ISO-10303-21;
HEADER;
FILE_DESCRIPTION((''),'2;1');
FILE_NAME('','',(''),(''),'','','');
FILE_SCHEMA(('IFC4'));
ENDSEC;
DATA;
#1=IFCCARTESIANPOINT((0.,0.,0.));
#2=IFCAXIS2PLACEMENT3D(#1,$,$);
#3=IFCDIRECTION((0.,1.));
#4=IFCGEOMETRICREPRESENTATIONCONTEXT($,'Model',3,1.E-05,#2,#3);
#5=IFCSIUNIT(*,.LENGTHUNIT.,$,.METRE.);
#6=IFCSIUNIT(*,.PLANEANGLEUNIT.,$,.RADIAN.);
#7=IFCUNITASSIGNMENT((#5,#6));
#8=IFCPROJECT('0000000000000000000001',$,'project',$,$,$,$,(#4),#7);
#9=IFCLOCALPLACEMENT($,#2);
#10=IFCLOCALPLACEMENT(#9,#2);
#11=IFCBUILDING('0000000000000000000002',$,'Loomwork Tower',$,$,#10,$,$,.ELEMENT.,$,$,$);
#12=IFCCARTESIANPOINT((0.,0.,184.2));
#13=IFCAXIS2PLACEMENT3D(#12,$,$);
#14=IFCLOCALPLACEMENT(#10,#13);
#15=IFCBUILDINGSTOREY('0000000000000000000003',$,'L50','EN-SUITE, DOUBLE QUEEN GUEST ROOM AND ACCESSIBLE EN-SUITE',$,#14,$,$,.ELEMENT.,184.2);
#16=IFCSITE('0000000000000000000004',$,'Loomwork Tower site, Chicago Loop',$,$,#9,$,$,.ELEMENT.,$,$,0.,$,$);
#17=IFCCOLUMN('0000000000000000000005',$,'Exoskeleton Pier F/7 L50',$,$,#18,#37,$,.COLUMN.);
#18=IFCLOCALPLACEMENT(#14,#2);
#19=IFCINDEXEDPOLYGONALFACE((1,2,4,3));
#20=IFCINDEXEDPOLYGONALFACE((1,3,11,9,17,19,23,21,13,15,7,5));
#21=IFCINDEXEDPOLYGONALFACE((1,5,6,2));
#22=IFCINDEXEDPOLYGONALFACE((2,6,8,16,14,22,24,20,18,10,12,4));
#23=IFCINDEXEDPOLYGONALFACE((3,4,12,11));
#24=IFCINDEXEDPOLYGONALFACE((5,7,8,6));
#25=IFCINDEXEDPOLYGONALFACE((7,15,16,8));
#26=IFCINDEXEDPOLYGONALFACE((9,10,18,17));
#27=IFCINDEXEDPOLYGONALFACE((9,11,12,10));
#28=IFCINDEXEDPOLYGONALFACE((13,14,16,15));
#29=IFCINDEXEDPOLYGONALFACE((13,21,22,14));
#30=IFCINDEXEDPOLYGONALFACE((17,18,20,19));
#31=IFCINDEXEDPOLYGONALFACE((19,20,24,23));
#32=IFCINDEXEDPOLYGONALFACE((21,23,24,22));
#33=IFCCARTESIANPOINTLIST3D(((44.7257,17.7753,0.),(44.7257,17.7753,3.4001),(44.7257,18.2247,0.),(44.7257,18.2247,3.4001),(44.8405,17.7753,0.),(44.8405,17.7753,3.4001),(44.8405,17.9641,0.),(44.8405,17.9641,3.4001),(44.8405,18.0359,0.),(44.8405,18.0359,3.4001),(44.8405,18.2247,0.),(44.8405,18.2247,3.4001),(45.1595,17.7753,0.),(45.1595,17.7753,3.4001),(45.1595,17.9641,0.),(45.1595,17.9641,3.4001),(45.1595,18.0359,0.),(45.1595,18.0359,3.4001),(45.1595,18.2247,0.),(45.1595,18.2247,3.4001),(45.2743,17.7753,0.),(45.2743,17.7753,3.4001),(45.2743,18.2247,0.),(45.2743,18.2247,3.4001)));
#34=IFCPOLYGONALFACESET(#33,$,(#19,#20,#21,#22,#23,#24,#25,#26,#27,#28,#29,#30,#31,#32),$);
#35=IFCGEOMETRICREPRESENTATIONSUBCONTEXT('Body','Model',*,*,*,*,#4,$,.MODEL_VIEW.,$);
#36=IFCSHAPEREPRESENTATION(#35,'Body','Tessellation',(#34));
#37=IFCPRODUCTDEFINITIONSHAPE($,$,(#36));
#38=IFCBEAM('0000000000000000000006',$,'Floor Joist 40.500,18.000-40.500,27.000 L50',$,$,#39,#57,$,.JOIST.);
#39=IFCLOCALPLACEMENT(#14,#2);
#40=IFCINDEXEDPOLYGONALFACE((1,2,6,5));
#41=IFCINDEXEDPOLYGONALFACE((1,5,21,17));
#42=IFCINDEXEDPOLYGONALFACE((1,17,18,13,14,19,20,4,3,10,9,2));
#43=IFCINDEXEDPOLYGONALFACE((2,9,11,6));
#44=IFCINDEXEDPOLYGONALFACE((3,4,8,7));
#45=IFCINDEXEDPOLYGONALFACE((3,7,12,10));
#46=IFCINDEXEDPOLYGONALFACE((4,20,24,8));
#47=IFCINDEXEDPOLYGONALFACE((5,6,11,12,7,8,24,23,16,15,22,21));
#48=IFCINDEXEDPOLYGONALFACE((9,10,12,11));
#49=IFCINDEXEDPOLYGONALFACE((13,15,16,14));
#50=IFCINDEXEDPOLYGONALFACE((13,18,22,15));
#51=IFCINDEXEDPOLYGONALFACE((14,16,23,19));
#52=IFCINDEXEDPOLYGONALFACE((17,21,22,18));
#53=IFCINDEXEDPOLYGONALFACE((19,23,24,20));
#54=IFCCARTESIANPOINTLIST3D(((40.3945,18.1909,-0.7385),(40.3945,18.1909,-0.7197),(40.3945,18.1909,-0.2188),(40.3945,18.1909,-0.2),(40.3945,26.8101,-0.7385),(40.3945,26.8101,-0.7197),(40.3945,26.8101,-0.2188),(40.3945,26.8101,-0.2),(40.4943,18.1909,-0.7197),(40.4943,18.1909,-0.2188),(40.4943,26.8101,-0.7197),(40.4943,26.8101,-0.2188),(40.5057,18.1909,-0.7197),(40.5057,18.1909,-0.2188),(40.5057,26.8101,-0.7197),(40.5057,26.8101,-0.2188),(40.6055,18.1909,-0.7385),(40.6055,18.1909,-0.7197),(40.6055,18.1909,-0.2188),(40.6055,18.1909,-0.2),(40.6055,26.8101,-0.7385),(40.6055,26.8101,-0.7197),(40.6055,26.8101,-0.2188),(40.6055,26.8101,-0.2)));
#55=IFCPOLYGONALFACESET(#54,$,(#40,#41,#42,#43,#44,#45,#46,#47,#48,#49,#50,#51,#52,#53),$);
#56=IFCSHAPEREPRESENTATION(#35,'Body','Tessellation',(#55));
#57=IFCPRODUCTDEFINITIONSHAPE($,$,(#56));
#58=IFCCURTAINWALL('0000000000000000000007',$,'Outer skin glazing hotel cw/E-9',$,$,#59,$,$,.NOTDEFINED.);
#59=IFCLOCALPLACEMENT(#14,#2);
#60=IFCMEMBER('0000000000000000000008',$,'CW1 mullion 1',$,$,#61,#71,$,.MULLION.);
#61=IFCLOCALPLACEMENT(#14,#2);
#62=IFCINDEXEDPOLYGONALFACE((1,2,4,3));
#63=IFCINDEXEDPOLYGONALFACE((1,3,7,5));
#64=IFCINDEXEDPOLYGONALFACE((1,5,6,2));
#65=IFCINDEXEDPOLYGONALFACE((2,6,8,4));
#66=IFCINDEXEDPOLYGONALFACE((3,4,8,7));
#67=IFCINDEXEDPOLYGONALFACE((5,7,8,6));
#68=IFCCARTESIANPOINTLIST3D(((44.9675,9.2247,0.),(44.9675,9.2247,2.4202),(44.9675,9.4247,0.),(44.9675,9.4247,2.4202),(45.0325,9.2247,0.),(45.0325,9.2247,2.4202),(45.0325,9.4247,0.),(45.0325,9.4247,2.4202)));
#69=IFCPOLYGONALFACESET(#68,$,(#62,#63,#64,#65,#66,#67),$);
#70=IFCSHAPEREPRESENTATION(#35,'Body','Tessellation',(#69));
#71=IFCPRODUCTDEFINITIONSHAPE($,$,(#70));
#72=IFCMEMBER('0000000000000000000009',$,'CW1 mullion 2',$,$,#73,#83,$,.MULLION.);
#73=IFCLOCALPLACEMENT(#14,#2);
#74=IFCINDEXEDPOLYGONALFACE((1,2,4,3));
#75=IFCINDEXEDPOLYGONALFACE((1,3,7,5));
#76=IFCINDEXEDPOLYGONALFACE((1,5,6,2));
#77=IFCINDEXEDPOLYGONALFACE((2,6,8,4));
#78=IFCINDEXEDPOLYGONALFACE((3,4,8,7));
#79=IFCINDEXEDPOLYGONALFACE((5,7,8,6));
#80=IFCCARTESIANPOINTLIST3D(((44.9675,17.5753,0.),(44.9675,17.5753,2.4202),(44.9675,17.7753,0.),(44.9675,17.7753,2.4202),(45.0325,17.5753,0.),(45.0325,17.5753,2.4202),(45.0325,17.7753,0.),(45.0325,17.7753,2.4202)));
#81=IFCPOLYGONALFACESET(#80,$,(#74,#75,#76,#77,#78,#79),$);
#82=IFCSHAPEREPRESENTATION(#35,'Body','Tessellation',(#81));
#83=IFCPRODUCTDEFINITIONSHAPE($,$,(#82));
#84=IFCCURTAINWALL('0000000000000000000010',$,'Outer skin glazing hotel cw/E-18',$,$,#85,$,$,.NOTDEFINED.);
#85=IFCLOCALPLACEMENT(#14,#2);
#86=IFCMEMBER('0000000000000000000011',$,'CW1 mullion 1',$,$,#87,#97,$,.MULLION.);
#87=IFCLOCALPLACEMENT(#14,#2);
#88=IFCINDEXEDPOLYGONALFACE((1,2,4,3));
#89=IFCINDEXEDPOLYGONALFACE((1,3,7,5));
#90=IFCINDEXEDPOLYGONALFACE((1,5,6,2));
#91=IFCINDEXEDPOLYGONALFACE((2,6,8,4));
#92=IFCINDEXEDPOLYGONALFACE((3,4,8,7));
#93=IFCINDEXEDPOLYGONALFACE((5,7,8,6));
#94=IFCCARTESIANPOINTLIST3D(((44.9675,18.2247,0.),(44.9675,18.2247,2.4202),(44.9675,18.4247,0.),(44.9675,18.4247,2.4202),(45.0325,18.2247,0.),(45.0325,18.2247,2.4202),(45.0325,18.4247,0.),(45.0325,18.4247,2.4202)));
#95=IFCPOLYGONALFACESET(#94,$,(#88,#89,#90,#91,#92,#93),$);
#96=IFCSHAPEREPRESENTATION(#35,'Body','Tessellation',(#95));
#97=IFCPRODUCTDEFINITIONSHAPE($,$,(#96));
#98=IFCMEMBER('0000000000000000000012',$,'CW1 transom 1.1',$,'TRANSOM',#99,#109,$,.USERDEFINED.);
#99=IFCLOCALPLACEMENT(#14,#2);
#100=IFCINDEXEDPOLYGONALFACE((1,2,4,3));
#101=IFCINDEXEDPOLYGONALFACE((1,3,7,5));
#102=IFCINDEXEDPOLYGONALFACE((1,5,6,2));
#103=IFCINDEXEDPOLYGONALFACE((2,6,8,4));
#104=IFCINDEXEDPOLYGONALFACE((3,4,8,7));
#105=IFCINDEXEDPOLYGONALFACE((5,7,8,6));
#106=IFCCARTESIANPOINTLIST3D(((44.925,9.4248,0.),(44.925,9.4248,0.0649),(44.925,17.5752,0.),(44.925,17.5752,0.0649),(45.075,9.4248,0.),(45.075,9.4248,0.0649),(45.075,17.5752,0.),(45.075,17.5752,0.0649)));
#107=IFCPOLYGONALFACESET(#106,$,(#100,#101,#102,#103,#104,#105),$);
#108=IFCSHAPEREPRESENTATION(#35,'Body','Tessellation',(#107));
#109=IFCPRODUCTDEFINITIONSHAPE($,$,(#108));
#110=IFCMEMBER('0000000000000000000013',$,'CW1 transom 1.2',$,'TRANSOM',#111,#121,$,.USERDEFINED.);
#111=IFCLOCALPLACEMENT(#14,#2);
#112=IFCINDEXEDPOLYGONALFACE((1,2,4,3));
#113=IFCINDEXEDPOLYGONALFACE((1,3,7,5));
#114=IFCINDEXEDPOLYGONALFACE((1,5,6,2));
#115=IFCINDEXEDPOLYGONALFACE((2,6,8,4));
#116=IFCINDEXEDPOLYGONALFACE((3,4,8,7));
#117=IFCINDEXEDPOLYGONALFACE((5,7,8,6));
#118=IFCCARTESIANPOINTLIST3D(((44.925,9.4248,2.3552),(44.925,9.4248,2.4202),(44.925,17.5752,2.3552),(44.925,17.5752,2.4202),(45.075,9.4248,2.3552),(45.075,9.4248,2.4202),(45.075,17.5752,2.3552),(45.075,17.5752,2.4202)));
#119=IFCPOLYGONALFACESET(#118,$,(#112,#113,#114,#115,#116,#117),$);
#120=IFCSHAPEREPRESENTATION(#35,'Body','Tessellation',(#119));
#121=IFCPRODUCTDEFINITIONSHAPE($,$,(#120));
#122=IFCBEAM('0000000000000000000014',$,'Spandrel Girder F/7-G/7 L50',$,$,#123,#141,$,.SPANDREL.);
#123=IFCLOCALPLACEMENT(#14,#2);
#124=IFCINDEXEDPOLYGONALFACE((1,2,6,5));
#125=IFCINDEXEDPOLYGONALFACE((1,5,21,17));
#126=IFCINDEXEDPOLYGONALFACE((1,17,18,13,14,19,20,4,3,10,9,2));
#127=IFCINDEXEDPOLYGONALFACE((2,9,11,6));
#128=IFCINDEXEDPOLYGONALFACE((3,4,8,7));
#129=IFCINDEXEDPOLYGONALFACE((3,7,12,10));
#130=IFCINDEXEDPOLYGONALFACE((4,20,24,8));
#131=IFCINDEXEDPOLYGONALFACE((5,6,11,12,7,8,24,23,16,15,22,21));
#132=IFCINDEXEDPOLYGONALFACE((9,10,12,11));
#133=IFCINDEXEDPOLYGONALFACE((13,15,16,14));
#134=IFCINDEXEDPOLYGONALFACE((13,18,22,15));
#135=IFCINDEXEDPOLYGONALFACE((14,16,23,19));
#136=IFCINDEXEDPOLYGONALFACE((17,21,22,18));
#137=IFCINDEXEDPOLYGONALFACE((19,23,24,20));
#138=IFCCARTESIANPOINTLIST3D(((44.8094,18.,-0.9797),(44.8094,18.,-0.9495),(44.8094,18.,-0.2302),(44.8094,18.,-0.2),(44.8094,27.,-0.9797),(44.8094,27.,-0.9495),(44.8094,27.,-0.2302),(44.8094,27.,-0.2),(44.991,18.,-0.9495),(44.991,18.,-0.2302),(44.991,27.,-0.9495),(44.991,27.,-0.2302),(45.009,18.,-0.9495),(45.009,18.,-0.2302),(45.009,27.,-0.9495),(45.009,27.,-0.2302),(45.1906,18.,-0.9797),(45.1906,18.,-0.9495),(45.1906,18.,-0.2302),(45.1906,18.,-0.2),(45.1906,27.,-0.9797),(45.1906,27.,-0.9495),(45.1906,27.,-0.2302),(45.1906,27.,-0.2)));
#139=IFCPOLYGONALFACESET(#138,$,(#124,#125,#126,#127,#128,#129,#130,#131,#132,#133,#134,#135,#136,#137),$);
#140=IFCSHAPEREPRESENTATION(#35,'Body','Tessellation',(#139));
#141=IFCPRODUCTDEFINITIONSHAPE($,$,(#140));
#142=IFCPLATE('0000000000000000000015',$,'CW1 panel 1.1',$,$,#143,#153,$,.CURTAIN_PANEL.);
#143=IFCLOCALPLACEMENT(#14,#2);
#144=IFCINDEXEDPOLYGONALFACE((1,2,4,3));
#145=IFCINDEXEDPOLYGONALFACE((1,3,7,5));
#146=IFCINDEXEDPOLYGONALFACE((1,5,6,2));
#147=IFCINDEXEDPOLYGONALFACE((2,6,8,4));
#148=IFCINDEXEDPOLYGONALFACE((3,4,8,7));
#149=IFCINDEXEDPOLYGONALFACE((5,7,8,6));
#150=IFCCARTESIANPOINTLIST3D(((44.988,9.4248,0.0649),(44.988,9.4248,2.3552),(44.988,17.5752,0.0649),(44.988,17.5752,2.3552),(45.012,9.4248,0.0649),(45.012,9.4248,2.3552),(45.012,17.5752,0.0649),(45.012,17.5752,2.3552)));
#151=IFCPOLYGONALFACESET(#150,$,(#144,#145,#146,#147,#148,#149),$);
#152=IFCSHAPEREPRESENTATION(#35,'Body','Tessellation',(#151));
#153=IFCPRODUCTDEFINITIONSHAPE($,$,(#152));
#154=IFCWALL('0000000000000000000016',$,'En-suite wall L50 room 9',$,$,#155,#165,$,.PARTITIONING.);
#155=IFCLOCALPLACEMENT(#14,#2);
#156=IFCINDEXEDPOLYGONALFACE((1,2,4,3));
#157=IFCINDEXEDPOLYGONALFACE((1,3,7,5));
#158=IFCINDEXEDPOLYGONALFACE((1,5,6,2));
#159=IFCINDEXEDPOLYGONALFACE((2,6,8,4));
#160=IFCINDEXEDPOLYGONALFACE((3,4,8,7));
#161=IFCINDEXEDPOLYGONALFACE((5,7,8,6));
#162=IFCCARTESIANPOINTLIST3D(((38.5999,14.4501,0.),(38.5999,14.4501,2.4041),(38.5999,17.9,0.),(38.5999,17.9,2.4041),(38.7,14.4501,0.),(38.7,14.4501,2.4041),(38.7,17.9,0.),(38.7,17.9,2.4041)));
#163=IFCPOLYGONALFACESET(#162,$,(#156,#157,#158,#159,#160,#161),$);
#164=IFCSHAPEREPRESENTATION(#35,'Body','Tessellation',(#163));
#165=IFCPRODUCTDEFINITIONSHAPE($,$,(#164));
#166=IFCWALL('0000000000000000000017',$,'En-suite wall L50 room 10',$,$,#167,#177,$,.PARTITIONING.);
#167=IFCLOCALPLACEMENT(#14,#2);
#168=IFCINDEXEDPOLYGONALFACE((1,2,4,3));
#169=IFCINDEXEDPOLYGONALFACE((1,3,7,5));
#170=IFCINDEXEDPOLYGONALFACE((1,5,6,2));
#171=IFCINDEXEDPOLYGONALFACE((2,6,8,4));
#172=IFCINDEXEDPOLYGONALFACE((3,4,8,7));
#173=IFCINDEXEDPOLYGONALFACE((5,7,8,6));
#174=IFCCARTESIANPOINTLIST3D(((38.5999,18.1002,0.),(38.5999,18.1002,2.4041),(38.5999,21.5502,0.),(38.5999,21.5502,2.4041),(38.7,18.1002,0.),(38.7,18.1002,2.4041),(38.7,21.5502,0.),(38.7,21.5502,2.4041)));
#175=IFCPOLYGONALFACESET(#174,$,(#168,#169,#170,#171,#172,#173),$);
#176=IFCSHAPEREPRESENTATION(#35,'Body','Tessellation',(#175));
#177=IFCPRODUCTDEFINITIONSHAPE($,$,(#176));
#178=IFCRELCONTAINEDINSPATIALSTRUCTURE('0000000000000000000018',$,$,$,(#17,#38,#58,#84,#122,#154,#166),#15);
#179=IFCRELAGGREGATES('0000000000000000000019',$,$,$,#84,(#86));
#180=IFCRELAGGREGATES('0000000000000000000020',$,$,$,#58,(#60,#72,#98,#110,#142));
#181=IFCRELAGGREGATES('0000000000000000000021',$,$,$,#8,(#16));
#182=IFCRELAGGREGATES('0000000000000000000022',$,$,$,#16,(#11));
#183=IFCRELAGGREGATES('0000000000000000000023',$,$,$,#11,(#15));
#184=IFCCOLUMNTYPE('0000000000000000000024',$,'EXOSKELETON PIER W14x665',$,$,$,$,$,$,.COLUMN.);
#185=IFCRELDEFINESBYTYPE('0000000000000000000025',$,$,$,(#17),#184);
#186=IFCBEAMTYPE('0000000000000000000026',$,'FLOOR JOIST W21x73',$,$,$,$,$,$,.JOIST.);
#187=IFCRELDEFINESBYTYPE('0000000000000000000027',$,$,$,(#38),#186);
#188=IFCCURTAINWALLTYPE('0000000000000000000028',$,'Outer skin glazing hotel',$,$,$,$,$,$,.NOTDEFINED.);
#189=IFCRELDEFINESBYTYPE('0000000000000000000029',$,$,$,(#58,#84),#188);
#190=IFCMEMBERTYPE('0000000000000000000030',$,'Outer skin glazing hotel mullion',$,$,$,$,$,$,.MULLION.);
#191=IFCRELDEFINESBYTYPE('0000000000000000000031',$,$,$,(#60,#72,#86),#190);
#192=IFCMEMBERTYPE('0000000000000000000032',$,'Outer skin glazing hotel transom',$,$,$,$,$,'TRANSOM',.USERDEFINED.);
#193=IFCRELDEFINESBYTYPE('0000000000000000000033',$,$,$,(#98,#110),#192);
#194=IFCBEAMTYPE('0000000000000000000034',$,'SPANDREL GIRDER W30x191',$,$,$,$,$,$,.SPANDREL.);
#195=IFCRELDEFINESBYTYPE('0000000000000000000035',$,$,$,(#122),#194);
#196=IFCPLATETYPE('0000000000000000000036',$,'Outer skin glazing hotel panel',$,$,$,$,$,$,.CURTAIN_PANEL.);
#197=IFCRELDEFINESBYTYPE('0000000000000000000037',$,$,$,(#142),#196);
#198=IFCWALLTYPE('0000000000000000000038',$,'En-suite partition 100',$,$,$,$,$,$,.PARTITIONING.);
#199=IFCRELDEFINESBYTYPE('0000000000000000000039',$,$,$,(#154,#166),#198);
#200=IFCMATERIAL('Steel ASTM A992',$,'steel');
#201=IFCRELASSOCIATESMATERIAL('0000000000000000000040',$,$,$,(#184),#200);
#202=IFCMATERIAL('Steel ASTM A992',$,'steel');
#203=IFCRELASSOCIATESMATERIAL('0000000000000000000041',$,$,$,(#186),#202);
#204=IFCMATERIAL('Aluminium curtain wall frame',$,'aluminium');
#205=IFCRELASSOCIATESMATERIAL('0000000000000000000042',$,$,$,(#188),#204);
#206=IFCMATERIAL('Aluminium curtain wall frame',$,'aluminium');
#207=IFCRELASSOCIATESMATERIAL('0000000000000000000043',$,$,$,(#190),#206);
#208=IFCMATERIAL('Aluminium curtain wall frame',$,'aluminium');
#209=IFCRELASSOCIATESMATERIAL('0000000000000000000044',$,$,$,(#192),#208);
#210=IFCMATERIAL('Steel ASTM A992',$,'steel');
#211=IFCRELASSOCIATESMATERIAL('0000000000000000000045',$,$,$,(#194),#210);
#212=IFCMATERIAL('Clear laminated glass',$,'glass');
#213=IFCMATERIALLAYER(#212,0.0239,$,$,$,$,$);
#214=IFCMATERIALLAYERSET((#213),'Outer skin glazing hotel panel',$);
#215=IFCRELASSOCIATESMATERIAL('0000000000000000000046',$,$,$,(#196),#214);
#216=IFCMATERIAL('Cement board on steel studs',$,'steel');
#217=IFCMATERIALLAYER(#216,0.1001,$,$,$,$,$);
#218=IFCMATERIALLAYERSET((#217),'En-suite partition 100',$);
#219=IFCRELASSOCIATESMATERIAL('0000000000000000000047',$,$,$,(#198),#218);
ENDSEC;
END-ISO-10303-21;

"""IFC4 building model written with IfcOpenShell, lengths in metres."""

from ifc_helpers import new_model, si_unit, direction, frame, frame_2d, origin, origin_2d, place, context, subcontext, project, spatial, rectangle, i_section, extrude, material, layer, layer_set, material_profile, profile_set, type_object, element, aggregate, save


model = new_model("IFC4")

# Units and contexts
model_context = context("Model", 3, precision=1e-05, world=origin(), true_north=direction((0.0, 1.0)))
body_context = subcontext(model_context, "Body", "Model", "MODEL_VIEW")
ifc_project = project(units=[si_unit("LENGTHUNIT", "METRE"), si_unit("PLANEANGLEUNIT", "RADIAN")], contexts=[model_context])

# Site, building, storey
site_placement = place(None, origin())
site = spatial("IfcSite", under=ifc_project, at=site_placement, Name="Loomwork Tower site, Chicago Loop", CompositionType="ELEMENT", RefElevation=0.0)
building_placement = place(site_placement, origin())
building = spatial("IfcBuilding", under=site, at=building_placement, Name="Loomwork Tower", CompositionType="ELEMENT")
storey_placement = place(building_placement, frame((0.0, 0.0, 184.2)))
storey = spatial("IfcBuildingStorey", under=building, at=storey_placement, Name="L50", Description="EN-SUITE, DOUBLE QUEEN GUEST ROOM AND ACCESSIBLE EN-SUITE", CompositionType="ELEMENT", Elevation=184.2)

# Column
ifc_material_1 = material(Name="Steel ASTM A992", Category="steel")
ifc_material_profile_1 = material_profile(ifc_material_1, i_section(OverallWidth=0.4495, OverallDepth=0.5486, WebThickness=0.0718, FlangeThickness=0.1147, at=origin_2d()), Name="W14x665")
ifc_profile_set_1 = profile_set([ifc_material_profile_1], Name="Steel ASTM A992")
column_type = type_object("IfcColumnType", Name="EXOSKELETON PIER W14x665", PredefinedType="COLUMN", material=ifc_profile_set_1)
column_placement = place(storey_placement, frame((45.0, 18.0, 0.0), z_axis=(0.0, 0.0, 1.0), x_axis=(0.0, 1.0, 0.0)))
element("IfcColumn", 1, at=column_placement, inside=storey, type_object=column_type, Name="Exoskeleton Pier F/7 L50", PredefinedType="COLUMN", context=body_context, shape_type="SweptSolid", body=[
    extrude(i_section(OverallWidth=0.4495, OverallDepth=0.5486, WebThickness=0.0718, FlangeThickness=0.1147, at=origin_2d()), origin(), (0.0, 0.0, 1.0), 3.4001),
])

# Beam
ifc_material_2 = material(Name="Steel ASTM A992", Category="steel")
ifc_material_profile_2 = material_profile(ifc_material_2, i_section(OverallWidth=0.2109, OverallDepth=0.5386, WebThickness=0.0115, FlangeThickness=0.0188, at=origin_2d()), Name="W21x73")
ifc_profile_set_2 = profile_set([ifc_material_profile_2], Name="Steel ASTM A992")
beam_type_1 = type_object("IfcBeamType", Name="FLOOR JOIST W21x73", PredefinedType="JOIST", material=ifc_profile_set_2)
beam_1_placement = place(storey_placement, frame((40.5, 18.1909, -0.4692), z_axis=(0.0, 1.0, 0.0), x_axis=(-1.0, 0.0, 0.0)))
element("IfcBeam", 2, at=beam_1_placement, inside=storey, type_object=beam_type_1, Name="Floor Joist 40.500,18.000-40.500,27.000 L50", PredefinedType="JOIST", context=body_context, shape_type="SweptSolid", body=[
    extrude(i_section(OverallWidth=0.2109, OverallDepth=0.5386, WebThickness=0.0115, FlangeThickness=0.0188, at=origin_2d()), origin(), (0.0, 0.0, 1.0), 8.6191),
])

# Curtain wall, members
ifc_material_3 = material(Name="Aluminium curtain wall frame", Category="aluminium")
curtain_wall_type = type_object("IfcCurtainWallType", Name="Outer skin glazing hotel", PredefinedType="NOTDEFINED", material=ifc_material_3)
curtain_wall_1_placement = place(storey_placement, origin())
curtain_wall_1 = element("IfcCurtainWall", 3, at=curtain_wall_1_placement, inside=storey, type_object=curtain_wall_type, Name="Outer skin glazing hotel cw/E-9", PredefinedType="NOTDEFINED")
ifc_material_4 = material(Name="Aluminium curtain wall frame", Category="aluminium")
ifc_material_profile_3 = material_profile(ifc_material_4, rectangle(XDim=0.0649, YDim=0.2, at=origin_2d()), Name="AL 65x200")
ifc_profile_set_3 = profile_set([ifc_material_profile_3], Name="Aluminium curtain wall frame")
member_type_1 = type_object("IfcMemberType", Name="Outer skin glazing hotel mullion", PredefinedType="MULLION", material=ifc_profile_set_3)
member_1_placement = place(storey_placement, frame((45.0, 9.3247, 0.0), z_axis=(0.0, 0.0, 1.0), x_axis=(-1.0, 0.0, 0.0)))
member_1 = element("IfcMember", 4, at=member_1_placement, type_object=member_type_1, Name="CW1 mullion 1", PredefinedType="MULLION", context=body_context, shape_type="SweptSolid", body=[
    extrude(rectangle(XDim=0.0649, YDim=0.2, at=origin_2d()), origin(), (0.0, 0.0, 1.0), 2.4202),
])
member_2_placement = place(storey_placement, frame((45.0, 17.6753, 0.0), z_axis=(0.0, 0.0, 1.0), x_axis=(-1.0, 0.0, 0.0)))
member_2 = element("IfcMember", 5, at=member_2_placement, type_object=member_type_1, Name="CW1 mullion 2", PredefinedType="MULLION", context=body_context, shape_type="SweptSolid", body=[
    extrude(rectangle(XDim=0.0649, YDim=0.2, at=origin_2d()), origin(), (0.0, 0.0, 1.0), 2.4202),
])

# Curtain wall, member
curtain_wall_2_placement = place(storey_placement, origin())
curtain_wall_2 = element("IfcCurtainWall", 6, at=curtain_wall_2_placement, inside=storey, type_object=curtain_wall_type, Name="Outer skin glazing hotel cw/E-18", PredefinedType="NOTDEFINED")
member_3_placement = place(storey_placement, frame((45.0, 18.3247, 0.0), z_axis=(0.0, 0.0, 1.0), x_axis=(-1.0, 0.0, 0.0)))
member_3 = element("IfcMember", 7, at=member_3_placement, type_object=member_type_1, Name="CW1 mullion 1", PredefinedType="MULLION", context=body_context, shape_type="SweptSolid", body=[
    extrude(rectangle(XDim=0.0649, YDim=0.2, at=origin_2d()), origin(), (0.0, 0.0, 1.0), 2.4202),
])
aggregate(curtain_wall_2, [member_3])

# Members
ifc_material_5 = material(Name="Aluminium curtain wall frame", Category="aluminium")
ifc_material_profile_4 = material_profile(ifc_material_5, rectangle(XDim=0.1499, YDim=0.0649, at=origin_2d()), Name="AL 65x150")
ifc_profile_set_4 = profile_set([ifc_material_profile_4], Name="Aluminium curtain wall frame")
member_type_2 = type_object("IfcMemberType", Name="Outer skin glazing hotel transom", ElementType="TRANSOM", PredefinedType="USERDEFINED", material=ifc_profile_set_4)
member_4_placement = place(storey_placement, frame((45.0, 9.4248, 0.0325), z_axis=(0.0, 1.0, 0.0), x_axis=(-1.0, 0.0, 0.0)))
member_4 = element("IfcMember", 8, at=member_4_placement, type_object=member_type_2, Name="CW1 transom 1.1", ObjectType="TRANSOM", PredefinedType="USERDEFINED", context=body_context, shape_type="SweptSolid", body=[
    extrude(rectangle(XDim=0.1499, YDim=0.0649, at=origin_2d()), origin(), (0.0, 0.0, 1.0), 8.1504),
])
member_5_placement = place(storey_placement, frame((45.0, 9.4248, 2.3877), z_axis=(0.0, 1.0, 0.0), x_axis=(-1.0, 0.0, 0.0)))
member_5 = element("IfcMember", 9, at=member_5_placement, type_object=member_type_2, Name="CW1 transom 1.2", ObjectType="TRANSOM", PredefinedType="USERDEFINED", context=body_context, shape_type="SweptSolid", body=[
    extrude(rectangle(XDim=0.1499, YDim=0.0649, at=origin_2d()), origin(), (0.0, 0.0, 1.0), 8.1504),
])

# Beam
ifc_material_6 = material(Name="Steel ASTM A992", Category="steel")
ifc_material_profile_5 = material_profile(ifc_material_6, i_section(OverallWidth=0.3811, OverallDepth=0.7798, WebThickness=0.0181, FlangeThickness=0.0303, at=origin_2d()), Name="W30x191")
ifc_profile_set_5 = profile_set([ifc_material_profile_5], Name="Steel ASTM A992")
beam_type_2 = type_object("IfcBeamType", Name="SPANDREL GIRDER W30x191", PredefinedType="SPANDREL", material=ifc_profile_set_5)
beam_2_placement = place(storey_placement, frame((45.0, 18.0, -0.5898), z_axis=(0.0, 1.0, 0.0), x_axis=(-1.0, 0.0, 0.0)))
element("IfcBeam", 10, at=beam_2_placement, inside=storey, type_object=beam_type_2, Name="Spandrel Girder F/7-G/7 L50", PredefinedType="SPANDREL", context=body_context, shape_type="SweptSolid", body=[
    extrude(i_section(OverallWidth=0.3811, OverallDepth=0.7798, WebThickness=0.0181, FlangeThickness=0.0303, at=origin_2d()), origin(), (0.0, 0.0, 1.0), 9.0),
])

# Plate
ifc_material_7 = material(Name="Clear laminated glass", Category="glass")
ifc_layer_1 = layer(ifc_material_7, 0.0239)
ifc_layer_set_1 = layer_set([ifc_layer_1], Name="Outer skin glazing hotel panel")
plate_type = type_object("IfcPlateType", Name="Outer skin glazing hotel panel", PredefinedType="CURTAIN_PANEL", material=ifc_layer_set_1)
plate_placement = place(storey_placement, frame((45.0, 13.5, 0.0649), z_axis=(0.0, 0.0, 1.0), x_axis=(0.0, 1.0, 0.0)))
plate = element("IfcPlate", 11, at=plate_placement, type_object=plate_type, Name="CW1 panel 1.1", PredefinedType="CURTAIN_PANEL", context=body_context, shape_type="SweptSolid", body=[
    extrude(rectangle(XDim=8.1504, YDim=0.0239, at=origin_2d()), origin(), (0.0, 0.0, 1.0), 2.2903),
])
aggregate(curtain_wall_1, [member_1, member_2, member_4, member_5, plate])

# Walls
ifc_material_8 = material(Name="Cement board on steel studs", Category="steel")
ifc_layer_2 = layer(ifc_material_8, 0.1001)
ifc_layer_set_2 = layer_set([ifc_layer_2], Name="En-suite partition 100")
wall_type_1 = type_object("IfcWallType", Name="En-suite partition 100", PredefinedType="PARTITIONING", material=ifc_layer_set_2)
for number, where, z_axis, x_axis, name in (
    (12, (38.6499, 14.45, 0.0), (0.0, 0.0, 1.0), (0.0, 1.0, 0.0), "En-suite wall L50 room 9"),
    (13, (38.6499, 18.1001, 0.0), (0.0, 0.0, 1.0), (0.0, 1.0, 0.0), "En-suite wall L50 room 10"),
):
    element("IfcWall", number, at=place(storey_placement, frame(where, z_axis=z_axis, x_axis=x_axis)), inside=storey, type_object=wall_type_1, Name=name, PredefinedType="PARTITIONING", context=body_context, shape_type="SweptSolid", body=[
        extrude(rectangle(XDim=3.45, YDim=0.1001, at=frame_2d((1.7251, 0.0))), origin(), (0.0, 0.0, 1.0), 2.4041),
    ])

save(model, "model.ifc")
